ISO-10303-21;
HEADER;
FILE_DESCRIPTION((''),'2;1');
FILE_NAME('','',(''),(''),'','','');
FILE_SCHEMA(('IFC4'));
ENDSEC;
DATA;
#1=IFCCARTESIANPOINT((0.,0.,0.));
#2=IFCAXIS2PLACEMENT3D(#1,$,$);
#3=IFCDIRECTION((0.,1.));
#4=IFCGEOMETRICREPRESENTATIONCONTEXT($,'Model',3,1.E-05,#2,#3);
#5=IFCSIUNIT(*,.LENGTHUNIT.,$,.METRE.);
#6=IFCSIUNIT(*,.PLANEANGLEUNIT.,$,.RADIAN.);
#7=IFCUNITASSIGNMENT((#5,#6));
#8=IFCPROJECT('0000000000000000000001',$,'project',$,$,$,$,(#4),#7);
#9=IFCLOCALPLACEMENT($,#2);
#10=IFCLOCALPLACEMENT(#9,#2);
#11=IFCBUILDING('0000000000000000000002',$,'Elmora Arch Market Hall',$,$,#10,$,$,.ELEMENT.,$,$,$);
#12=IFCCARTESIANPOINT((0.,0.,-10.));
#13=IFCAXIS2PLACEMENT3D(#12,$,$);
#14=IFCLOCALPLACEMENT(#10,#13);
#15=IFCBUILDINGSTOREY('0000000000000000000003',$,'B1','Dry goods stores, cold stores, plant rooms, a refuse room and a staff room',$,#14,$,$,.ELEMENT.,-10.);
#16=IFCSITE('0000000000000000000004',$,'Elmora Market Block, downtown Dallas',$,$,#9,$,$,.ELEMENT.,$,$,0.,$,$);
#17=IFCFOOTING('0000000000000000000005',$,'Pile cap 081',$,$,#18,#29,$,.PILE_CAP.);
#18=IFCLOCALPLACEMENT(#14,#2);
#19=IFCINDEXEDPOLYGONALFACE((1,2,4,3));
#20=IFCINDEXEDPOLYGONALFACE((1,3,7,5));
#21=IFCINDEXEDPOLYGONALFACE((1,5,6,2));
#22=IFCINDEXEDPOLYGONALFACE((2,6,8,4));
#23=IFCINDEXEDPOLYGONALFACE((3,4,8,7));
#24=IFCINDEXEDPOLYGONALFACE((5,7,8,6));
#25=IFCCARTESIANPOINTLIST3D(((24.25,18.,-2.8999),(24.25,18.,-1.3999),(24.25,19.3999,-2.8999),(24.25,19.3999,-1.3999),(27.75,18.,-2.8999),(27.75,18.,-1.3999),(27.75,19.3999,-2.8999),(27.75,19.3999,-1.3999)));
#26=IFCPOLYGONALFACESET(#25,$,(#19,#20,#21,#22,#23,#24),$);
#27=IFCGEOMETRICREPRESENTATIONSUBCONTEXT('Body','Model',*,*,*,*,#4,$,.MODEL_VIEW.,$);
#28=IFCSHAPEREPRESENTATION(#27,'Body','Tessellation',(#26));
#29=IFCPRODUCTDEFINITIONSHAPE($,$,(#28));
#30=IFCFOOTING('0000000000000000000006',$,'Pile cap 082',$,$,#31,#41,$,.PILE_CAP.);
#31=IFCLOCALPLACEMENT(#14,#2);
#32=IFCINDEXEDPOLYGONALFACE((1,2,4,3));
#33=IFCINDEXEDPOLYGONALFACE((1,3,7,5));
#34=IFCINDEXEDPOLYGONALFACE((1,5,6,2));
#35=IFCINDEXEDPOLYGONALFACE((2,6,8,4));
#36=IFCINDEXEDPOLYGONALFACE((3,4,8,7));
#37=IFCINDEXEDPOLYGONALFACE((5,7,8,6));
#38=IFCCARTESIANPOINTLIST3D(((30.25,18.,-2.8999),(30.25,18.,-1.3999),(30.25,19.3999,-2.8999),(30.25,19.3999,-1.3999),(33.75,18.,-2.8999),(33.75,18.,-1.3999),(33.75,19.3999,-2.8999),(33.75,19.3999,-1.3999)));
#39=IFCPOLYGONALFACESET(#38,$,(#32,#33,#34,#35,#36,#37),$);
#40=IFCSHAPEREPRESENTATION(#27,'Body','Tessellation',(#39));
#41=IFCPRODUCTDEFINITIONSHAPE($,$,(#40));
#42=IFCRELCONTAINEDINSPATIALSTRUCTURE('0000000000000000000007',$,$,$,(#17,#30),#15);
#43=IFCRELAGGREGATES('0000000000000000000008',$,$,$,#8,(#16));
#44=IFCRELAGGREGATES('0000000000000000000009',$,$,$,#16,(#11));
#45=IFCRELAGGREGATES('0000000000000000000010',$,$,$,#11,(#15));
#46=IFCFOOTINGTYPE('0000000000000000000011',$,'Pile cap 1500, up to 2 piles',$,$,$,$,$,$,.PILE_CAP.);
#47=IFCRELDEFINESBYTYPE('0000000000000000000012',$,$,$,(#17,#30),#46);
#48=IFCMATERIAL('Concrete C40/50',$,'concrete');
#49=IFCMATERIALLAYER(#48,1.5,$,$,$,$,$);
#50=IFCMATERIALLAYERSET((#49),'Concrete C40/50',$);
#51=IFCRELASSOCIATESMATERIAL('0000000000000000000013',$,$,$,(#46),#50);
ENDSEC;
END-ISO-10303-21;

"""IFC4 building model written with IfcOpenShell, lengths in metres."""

from ifc_helpers import new_model, si_unit, direction, frame, origin, place, context, subcontext, project, spatial, polyline, outline, extrude, material, layer, layer_set, type_object, element, save


model = new_model("IFC4")

# Units and contexts
model_context = context("Model", 3, precision=1e-05, world=origin(), true_north=direction((0.0, 1.0)))
body_context = subcontext(model_context, "Body", "Model", "MODEL_VIEW")
ifc_project = project(units=[si_unit("LENGTHUNIT", "METRE"), si_unit("PLANEANGLEUNIT", "RADIAN")], contexts=[model_context])

# Site, building, storey
site_placement = place(None, origin())
site = spatial("IfcSite", under=ifc_project, at=site_placement, Name="Elmora Market Block, downtown Dallas", CompositionType="ELEMENT", RefElevation=0.0)
building_placement = place(site_placement, origin())
building = spatial("IfcBuilding", under=site, at=building_placement, Name="Elmora Arch Market Hall", CompositionType="ELEMENT")
storey_placement = place(building_placement, frame((0.0, 0.0, -10.0)))
storey = spatial("IfcBuildingStorey", under=building, at=storey_placement, Name="B1", Description="Dry goods stores, cold stores, plant rooms, a refuse room and a staff room", CompositionType="ELEMENT", Elevation=-10.0)

# Footings
ifc_material_1 = material(Name="Concrete C40/50", Category="concrete")
ifc_layer_1 = layer(ifc_material_1, 1.5)
ifc_layer_set_1 = layer_set([ifc_layer_1], Name="Concrete C40/50")
footing_type_1 = type_object("IfcFootingType", Name="Pile cap 1500, up to 2 piles", PredefinedType="PILE_CAP", material=ifc_layer_set_1)
footing_1_placement = place(storey_placement, frame((0.0, 0.0, -2.8999)))
element("IfcFooting", 1, at=footing_1_placement, inside=storey, type_object=footing_type_1, Name="Pile cap 081", PredefinedType="PILE_CAP", context=body_context, shape_type="SweptSolid", body=[
    extrude(outline(polyline([(24.25, 18.0), (24.25, 19.3999), (27.75, 19.3999), (27.75, 18.0), (24.25, 18.0)])), origin(), (0.0, 0.0, 1.0), 1.5),
])
footing_2_placement = place(storey_placement, frame((0.0, 0.0, -2.8999)))
element("IfcFooting", 2, at=footing_2_placement, inside=storey, type_object=footing_type_1, Name="Pile cap 082", PredefinedType="PILE_CAP", context=body_context, shape_type="SweptSolid", body=[
    extrude(outline(polyline([(30.25, 18.0), (30.25, 19.3999), (33.75, 19.3999), (33.75, 18.0), (30.25, 18.0)])), origin(), (0.0, 0.0, 1.0), 1.5),
])

save(model, "model.ifc")
